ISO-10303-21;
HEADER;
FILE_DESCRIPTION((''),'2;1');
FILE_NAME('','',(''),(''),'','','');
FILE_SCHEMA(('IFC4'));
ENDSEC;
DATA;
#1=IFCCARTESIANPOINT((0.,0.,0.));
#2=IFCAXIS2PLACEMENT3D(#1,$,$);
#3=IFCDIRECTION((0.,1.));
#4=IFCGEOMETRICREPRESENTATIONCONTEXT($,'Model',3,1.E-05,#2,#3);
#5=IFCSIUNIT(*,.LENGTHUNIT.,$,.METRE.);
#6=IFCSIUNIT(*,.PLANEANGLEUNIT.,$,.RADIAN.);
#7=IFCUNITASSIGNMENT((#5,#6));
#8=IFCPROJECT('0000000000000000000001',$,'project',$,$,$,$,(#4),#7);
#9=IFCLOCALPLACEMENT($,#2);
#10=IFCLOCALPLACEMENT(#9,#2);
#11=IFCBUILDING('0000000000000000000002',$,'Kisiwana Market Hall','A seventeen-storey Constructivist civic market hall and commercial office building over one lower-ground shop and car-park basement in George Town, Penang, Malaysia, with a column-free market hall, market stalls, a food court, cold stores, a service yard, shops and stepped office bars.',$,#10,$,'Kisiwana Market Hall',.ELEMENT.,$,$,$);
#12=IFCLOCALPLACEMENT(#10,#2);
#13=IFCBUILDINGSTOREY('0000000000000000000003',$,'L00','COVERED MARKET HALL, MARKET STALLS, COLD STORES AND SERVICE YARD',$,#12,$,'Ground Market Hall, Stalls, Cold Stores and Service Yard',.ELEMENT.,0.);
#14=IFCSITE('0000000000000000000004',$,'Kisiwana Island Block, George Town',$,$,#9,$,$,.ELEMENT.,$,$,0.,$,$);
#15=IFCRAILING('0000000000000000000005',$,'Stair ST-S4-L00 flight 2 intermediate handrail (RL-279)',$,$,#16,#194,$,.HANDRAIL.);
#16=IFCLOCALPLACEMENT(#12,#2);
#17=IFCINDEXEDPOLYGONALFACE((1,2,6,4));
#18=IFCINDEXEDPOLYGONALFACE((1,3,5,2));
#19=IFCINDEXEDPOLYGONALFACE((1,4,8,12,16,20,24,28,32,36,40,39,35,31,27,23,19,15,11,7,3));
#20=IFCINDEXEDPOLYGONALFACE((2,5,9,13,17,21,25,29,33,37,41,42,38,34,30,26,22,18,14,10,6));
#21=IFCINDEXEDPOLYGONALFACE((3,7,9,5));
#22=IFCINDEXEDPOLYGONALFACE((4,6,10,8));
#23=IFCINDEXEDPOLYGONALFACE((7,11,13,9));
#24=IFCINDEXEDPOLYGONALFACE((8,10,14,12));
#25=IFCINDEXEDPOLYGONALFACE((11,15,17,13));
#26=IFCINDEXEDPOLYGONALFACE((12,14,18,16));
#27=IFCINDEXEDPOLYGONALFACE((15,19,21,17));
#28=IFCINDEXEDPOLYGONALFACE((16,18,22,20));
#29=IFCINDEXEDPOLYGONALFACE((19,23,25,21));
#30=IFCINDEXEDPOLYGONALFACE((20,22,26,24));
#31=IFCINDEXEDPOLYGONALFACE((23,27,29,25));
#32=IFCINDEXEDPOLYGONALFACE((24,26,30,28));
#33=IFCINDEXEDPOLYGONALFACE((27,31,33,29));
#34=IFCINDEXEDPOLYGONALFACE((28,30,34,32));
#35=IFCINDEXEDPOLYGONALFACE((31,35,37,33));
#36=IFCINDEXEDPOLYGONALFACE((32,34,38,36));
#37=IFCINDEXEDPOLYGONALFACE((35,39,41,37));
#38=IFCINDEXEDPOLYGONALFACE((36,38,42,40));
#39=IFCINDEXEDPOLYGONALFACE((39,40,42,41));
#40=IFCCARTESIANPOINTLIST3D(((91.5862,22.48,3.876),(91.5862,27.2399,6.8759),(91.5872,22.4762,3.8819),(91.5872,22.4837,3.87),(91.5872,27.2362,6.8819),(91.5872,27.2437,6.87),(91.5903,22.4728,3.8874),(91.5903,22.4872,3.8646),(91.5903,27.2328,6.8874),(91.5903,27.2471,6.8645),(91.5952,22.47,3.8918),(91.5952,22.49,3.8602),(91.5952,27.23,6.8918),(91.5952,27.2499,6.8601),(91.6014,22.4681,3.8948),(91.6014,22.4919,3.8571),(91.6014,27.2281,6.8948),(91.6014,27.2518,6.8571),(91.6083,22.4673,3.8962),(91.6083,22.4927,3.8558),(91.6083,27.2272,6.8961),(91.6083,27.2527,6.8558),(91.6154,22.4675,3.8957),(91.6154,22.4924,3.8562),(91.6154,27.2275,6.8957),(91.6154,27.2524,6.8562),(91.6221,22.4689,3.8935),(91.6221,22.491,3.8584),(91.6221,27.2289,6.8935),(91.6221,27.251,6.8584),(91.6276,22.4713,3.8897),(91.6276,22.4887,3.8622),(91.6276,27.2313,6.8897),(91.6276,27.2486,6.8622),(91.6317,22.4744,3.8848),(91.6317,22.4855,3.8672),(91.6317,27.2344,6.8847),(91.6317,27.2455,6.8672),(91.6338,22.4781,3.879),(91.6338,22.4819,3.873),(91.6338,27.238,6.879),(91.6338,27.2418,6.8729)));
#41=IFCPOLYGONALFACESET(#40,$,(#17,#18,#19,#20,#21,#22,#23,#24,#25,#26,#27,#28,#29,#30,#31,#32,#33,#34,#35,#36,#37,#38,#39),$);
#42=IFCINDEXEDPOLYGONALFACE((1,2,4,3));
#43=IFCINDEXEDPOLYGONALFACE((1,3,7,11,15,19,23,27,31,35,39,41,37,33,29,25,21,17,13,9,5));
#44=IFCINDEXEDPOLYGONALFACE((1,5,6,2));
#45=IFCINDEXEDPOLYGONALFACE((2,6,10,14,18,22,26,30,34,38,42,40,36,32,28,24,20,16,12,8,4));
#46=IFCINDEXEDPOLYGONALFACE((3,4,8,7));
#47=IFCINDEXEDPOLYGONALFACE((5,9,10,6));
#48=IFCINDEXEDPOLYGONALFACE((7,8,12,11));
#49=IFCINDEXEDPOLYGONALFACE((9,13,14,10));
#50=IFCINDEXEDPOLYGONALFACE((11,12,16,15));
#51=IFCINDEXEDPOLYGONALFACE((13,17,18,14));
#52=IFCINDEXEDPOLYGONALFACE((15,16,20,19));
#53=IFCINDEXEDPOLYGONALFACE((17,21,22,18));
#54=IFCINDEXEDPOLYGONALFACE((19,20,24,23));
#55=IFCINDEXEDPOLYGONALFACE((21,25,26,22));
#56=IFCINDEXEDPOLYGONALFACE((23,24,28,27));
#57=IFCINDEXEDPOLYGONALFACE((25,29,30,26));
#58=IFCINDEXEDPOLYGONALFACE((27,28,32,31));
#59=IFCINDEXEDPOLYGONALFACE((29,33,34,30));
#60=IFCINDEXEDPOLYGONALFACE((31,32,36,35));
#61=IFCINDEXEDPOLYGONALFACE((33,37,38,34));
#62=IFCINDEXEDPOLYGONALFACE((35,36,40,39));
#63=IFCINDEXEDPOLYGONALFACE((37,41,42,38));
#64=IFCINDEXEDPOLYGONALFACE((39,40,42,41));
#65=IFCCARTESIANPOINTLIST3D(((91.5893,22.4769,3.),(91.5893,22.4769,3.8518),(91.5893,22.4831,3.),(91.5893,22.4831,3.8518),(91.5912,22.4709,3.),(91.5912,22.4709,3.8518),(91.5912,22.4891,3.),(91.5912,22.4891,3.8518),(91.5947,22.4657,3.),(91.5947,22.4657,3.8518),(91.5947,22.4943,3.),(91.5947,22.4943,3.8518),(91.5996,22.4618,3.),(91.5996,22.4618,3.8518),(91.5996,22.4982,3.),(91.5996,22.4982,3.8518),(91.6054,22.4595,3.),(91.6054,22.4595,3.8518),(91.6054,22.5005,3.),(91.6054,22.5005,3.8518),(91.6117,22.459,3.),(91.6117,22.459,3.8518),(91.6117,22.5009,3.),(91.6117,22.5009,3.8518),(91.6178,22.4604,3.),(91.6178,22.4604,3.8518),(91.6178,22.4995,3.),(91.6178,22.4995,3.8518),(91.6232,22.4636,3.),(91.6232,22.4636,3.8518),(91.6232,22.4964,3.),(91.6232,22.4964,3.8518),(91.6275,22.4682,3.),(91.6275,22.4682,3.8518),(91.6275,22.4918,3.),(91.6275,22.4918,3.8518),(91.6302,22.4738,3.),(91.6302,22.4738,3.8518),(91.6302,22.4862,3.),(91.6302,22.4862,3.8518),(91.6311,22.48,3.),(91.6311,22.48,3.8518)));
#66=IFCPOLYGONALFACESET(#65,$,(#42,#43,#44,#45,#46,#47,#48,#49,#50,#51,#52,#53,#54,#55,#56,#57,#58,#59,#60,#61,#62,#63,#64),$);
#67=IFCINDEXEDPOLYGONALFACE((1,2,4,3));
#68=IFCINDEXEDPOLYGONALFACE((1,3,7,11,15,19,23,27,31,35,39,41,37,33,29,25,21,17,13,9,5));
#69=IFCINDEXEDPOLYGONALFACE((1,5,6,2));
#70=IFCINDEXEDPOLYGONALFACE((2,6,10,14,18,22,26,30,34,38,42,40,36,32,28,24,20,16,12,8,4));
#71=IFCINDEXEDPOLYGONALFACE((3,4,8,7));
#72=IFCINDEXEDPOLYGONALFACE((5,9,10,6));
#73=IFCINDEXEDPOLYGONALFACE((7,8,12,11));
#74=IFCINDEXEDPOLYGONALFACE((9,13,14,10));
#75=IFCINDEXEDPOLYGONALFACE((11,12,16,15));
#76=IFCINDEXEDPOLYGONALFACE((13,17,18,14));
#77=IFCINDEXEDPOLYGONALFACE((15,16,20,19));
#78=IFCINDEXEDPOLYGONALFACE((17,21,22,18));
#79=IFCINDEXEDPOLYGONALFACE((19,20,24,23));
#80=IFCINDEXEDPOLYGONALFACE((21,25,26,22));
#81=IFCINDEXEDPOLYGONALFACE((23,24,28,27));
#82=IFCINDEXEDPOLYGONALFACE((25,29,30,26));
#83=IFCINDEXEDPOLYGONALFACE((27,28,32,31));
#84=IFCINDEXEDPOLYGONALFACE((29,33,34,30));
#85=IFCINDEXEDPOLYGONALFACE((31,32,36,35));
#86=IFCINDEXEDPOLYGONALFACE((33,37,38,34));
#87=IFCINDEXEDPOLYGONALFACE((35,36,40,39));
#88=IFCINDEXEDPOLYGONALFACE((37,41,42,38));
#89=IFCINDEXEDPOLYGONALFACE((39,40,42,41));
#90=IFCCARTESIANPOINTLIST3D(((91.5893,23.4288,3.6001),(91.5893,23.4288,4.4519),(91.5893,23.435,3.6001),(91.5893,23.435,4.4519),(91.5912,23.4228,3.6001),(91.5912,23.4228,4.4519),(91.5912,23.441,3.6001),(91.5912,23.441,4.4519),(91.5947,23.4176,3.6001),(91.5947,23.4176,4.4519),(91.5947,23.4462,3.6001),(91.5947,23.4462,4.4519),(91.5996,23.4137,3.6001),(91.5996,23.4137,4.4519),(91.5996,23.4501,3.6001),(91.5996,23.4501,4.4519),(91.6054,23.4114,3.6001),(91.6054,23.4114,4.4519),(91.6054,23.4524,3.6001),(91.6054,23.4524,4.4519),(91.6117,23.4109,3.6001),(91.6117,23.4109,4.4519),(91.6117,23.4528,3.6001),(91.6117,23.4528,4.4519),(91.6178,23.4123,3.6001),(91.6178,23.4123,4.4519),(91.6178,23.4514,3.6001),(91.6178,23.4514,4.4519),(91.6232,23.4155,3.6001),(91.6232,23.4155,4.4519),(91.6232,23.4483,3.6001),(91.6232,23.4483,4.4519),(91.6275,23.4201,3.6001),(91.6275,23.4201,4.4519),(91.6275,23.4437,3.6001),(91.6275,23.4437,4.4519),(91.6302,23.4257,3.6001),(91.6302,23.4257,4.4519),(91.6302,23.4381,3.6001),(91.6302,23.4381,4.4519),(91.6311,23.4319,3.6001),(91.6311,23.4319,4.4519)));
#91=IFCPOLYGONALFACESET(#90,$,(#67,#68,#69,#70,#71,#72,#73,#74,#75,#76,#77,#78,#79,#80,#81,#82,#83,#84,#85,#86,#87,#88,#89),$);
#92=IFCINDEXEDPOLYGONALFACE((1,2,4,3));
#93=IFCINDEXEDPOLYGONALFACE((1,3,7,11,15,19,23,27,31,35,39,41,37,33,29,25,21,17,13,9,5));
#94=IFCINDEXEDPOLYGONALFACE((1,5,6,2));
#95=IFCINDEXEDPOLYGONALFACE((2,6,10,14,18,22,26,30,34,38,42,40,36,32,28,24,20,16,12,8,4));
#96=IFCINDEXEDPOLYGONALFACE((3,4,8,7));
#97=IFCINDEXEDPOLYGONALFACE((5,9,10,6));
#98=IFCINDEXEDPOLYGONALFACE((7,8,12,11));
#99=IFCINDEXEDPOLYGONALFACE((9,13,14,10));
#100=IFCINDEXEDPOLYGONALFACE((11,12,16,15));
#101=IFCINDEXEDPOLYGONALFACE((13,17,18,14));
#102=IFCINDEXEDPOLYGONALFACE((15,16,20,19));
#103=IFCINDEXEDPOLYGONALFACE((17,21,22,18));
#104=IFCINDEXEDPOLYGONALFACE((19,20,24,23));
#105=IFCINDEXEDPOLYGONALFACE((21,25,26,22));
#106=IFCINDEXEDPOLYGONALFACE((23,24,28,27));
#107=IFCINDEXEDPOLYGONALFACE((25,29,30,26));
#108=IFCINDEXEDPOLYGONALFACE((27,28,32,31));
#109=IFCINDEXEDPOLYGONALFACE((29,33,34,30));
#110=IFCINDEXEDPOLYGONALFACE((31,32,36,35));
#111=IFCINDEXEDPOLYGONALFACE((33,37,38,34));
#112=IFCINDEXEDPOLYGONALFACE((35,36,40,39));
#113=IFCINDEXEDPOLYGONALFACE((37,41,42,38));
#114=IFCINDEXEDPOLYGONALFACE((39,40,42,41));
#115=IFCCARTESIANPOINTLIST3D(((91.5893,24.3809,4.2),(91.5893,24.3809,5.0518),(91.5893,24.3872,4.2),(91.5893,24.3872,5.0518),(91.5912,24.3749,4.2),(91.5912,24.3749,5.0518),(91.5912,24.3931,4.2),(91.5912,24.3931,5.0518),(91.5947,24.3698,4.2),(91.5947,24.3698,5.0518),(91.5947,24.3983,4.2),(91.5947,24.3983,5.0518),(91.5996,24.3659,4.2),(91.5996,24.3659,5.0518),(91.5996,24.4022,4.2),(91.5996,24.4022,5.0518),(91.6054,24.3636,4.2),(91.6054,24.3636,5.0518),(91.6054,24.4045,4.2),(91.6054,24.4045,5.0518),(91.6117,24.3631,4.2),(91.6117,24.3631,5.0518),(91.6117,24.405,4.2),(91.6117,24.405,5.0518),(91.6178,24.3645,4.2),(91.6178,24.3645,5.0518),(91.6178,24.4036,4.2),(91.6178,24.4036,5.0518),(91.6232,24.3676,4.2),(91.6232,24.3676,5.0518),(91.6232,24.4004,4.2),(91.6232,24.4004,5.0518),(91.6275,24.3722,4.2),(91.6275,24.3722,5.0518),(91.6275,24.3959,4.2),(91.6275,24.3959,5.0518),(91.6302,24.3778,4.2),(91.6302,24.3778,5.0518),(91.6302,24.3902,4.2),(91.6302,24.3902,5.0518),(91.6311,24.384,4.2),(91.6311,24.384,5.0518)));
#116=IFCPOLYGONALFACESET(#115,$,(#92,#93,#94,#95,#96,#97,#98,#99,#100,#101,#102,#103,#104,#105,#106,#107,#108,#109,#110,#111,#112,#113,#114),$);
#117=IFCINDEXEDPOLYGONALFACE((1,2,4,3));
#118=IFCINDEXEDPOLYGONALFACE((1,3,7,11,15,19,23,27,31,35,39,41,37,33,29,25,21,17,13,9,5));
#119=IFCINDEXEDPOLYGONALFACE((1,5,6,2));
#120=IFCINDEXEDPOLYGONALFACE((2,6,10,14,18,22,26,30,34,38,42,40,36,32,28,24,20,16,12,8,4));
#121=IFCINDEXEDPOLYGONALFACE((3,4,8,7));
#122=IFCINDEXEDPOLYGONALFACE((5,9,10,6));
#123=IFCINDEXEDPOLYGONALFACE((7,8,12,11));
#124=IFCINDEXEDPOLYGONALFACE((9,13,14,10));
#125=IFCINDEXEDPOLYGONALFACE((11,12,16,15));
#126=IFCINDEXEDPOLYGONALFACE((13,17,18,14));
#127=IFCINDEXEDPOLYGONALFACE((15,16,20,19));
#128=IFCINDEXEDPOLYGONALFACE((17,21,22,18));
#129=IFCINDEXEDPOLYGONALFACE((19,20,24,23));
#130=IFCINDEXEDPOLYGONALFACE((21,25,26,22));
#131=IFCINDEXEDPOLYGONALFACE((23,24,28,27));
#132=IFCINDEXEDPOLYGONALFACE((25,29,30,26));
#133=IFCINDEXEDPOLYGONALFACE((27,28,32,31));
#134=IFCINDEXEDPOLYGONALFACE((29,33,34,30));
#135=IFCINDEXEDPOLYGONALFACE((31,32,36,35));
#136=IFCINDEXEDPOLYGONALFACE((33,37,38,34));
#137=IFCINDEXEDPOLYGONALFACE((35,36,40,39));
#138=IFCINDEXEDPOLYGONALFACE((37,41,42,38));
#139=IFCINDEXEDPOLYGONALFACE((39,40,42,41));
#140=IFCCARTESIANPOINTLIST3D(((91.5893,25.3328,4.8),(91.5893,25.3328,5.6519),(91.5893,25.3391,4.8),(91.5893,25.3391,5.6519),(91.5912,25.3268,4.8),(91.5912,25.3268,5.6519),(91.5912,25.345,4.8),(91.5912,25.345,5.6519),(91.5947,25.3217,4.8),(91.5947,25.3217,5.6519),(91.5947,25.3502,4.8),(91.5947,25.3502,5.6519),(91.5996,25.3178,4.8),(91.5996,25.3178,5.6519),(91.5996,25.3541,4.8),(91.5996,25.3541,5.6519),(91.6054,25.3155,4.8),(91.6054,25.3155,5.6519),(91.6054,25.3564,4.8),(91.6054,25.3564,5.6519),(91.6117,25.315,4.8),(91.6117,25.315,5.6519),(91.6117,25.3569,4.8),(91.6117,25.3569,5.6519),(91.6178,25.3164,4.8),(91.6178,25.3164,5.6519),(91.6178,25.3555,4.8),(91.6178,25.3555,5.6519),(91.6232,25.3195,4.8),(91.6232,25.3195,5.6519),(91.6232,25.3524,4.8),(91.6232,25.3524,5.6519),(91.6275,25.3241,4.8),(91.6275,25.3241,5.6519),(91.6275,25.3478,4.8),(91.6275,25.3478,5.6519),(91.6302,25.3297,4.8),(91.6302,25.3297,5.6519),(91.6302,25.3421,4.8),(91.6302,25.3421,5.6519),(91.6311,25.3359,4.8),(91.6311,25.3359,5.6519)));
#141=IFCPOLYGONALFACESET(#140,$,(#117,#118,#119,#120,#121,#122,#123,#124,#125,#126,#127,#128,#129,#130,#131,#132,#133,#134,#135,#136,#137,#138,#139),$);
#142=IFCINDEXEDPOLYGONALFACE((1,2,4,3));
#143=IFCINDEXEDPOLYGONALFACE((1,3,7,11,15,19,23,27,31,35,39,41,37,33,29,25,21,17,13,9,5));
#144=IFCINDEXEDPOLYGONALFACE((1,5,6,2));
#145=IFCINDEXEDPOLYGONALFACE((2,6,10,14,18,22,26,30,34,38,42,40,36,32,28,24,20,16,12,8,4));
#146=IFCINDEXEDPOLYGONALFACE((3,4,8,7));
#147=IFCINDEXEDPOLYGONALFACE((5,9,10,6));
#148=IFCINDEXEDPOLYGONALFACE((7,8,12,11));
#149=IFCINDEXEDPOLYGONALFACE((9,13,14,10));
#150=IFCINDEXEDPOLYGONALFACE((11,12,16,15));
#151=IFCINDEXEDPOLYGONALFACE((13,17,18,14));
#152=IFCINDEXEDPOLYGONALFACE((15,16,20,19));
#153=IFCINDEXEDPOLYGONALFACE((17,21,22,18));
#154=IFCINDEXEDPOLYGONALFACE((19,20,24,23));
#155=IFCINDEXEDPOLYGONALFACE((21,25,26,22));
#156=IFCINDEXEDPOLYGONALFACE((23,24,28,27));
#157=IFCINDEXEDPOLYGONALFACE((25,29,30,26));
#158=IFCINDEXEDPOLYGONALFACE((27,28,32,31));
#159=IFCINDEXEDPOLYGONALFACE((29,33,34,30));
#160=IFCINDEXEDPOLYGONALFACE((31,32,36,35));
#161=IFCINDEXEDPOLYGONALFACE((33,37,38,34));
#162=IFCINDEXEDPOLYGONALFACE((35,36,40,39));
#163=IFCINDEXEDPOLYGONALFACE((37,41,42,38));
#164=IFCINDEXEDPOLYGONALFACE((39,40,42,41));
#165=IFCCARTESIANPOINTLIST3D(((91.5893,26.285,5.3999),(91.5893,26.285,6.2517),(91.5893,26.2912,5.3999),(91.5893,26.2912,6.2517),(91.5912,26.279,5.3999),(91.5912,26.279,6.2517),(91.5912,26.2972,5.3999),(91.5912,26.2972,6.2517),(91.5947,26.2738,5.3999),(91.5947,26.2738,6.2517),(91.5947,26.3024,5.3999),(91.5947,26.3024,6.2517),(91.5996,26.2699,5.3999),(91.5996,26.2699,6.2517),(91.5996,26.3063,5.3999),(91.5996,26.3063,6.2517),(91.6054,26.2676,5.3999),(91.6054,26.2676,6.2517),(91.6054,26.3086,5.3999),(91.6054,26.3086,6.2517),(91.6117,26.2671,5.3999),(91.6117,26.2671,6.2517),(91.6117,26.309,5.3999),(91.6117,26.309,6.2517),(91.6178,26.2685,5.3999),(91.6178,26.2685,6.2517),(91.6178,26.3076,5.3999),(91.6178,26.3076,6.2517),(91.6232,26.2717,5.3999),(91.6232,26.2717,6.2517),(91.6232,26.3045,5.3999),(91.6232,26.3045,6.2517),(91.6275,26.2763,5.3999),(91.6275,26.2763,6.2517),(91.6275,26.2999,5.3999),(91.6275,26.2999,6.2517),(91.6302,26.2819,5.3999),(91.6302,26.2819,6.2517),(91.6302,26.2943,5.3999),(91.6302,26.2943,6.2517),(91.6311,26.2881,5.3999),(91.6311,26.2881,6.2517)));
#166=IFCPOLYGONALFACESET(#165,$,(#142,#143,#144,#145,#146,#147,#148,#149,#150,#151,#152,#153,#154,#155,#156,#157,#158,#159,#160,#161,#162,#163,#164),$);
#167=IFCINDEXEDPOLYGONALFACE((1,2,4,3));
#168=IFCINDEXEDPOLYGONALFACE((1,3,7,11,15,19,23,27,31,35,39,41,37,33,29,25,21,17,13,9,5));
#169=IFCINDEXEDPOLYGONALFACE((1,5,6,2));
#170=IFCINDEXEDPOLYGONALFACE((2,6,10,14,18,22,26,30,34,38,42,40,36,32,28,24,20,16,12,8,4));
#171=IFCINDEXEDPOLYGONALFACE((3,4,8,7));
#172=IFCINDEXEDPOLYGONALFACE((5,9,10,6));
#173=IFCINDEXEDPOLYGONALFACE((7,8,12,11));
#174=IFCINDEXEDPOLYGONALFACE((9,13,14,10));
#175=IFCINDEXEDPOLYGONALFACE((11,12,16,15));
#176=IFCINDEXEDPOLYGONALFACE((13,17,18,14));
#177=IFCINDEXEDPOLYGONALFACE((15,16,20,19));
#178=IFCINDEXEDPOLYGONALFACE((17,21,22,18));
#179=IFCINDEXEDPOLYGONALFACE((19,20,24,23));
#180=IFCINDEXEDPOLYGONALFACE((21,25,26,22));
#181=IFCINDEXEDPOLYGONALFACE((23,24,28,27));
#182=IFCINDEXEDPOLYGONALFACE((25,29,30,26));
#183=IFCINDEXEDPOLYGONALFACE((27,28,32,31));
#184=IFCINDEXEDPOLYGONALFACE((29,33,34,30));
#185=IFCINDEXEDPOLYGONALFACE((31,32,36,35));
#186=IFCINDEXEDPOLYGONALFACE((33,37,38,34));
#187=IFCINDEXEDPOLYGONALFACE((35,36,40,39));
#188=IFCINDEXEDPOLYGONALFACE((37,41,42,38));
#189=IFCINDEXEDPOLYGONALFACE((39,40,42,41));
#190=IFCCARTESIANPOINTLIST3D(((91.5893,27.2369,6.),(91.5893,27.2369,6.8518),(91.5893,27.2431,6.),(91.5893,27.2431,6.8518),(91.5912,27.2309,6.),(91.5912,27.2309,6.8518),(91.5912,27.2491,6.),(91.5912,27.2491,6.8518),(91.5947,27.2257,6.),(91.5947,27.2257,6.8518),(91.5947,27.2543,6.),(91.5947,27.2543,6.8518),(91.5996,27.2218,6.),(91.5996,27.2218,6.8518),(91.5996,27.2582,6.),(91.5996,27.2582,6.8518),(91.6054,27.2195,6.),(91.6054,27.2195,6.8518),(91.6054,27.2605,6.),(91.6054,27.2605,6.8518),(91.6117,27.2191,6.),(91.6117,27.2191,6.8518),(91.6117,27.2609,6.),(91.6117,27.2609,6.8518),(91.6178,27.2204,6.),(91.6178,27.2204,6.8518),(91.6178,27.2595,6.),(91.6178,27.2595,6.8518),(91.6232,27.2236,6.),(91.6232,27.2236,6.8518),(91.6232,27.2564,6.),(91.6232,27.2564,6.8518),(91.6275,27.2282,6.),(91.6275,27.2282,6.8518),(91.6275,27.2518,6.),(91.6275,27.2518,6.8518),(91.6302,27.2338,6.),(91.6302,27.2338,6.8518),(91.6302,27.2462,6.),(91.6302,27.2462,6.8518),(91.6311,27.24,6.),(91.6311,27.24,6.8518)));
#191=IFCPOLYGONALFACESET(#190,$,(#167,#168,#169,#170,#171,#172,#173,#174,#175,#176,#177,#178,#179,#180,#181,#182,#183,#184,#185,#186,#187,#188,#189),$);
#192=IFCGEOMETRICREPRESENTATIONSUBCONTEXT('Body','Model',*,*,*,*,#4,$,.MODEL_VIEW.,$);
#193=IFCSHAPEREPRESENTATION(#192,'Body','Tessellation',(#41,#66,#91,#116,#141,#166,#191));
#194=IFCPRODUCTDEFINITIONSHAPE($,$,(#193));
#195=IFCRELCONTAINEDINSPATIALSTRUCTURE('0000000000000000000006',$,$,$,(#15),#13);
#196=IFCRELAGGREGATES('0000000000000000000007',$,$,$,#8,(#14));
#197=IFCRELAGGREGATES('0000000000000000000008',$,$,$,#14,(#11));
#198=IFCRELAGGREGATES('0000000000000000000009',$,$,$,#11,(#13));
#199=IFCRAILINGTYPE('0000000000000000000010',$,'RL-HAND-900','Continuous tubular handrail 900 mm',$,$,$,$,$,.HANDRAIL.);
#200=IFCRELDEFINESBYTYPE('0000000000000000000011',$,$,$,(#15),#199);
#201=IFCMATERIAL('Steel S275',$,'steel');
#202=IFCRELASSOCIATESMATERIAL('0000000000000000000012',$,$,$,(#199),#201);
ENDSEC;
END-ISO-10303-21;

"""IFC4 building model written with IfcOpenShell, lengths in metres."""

from ifc_helpers import new_model, si_unit, direction, frame, origin, origin_2d, place, context, subcontext, project, spatial, circle, extrude, material, type_object, element, save


model = new_model("IFC4")

# Units and contexts
model_context = context("Model", 3, precision=1e-05, world=origin(), true_north=direction((0.0, 1.0)))
body_context = subcontext(model_context, "Body", "Model", "MODEL_VIEW")
ifc_project = project(units=[si_unit("LENGTHUNIT", "METRE"), si_unit("PLANEANGLEUNIT", "RADIAN")], contexts=[model_context])

# Site, building, storey
site_placement = place(None, origin())
site = spatial("IfcSite", under=ifc_project, at=site_placement, Name="Kisiwana Island Block, George Town", CompositionType="ELEMENT", RefElevation=0.0)
building_placement = place(site_placement, origin())
building = spatial("IfcBuilding", under=site, at=building_placement, Name="Kisiwana Market Hall", Description="A seventeen-storey Constructivist civic market hall and commercial office building over one lower-ground shop and car-park basement in George Town, Penang, Malaysia, with a column-free market hall, market stalls, a food court, cold stores, a service yard, shops and stepped office bars.", LongName="Kisiwana Market Hall", CompositionType="ELEMENT")
storey_placement = place(building_placement, origin())
storey = spatial("IfcBuildingStorey", under=building, at=storey_placement, Name="L00", Description="COVERED MARKET HALL, MARKET STALLS, COLD STORES AND SERVICE YARD", LongName="Ground Market Hall, Stalls, Cold Stores and Service Yard", CompositionType="ELEMENT", Elevation=0.0)

# Railing
ifc_material_1 = material(Name="Steel S275", Category="steel")
railing_type = type_object("IfcRailingType", Name="RL-HAND-900", Description="Continuous tubular handrail 900 mm", PredefinedType="HANDRAIL", material=ifc_material_1)
for number, where, name in (
    (1, (91.6101, 22.48, 3.0), "Stair ST-S4-L00 flight 2 intermediate handrail (RL-279)"),
):
    element("IfcRailing", number, at=place(storey_placement, frame(where)), inside=storey, type_object=railing_type, Name=name, PredefinedType="HANDRAIL", context=body_context, shape_type="SweptSolid", body=[
        extrude(circle(Radius=0.0239, at=origin_2d()), frame((0.0, 0.0, 0.876), z_axis=(0.0, 0.845996, 0.53319), x_axis=(-1.0, 0.0, 0.0)), (0.0, 0.0, 1.0), 5.6265),
        extrude(circle(Radius=0.021, at=origin_2d()), origin(), (0.0, 0.0, 1.0), 0.8518),
        extrude(circle(Radius=0.021, at=origin_2d()), frame((0.0, 0.9519, 0.6001)), (0.0, 0.0, 1.0), 0.8518),
        extrude(circle(Radius=0.021, at=origin_2d()), frame((0.0, 1.9041, 1.2)), (0.0, 0.0, 1.0), 0.8518),
        extrude(circle(Radius=0.021, at=origin_2d()), frame((0.0, 2.856, 1.8)), (0.0, 0.0, 1.0), 0.8518),
        extrude(circle(Radius=0.021, at=origin_2d()), frame((0.0, 3.8081, 2.3999)), (0.0, 0.0, 1.0), 0.8518),
        extrude(circle(Radius=0.021, at=origin_2d()), frame((0.0, 4.76, 3.0)), (0.0, 0.0, 1.0), 0.8518),
    ])

save(model, "model.ifc")
